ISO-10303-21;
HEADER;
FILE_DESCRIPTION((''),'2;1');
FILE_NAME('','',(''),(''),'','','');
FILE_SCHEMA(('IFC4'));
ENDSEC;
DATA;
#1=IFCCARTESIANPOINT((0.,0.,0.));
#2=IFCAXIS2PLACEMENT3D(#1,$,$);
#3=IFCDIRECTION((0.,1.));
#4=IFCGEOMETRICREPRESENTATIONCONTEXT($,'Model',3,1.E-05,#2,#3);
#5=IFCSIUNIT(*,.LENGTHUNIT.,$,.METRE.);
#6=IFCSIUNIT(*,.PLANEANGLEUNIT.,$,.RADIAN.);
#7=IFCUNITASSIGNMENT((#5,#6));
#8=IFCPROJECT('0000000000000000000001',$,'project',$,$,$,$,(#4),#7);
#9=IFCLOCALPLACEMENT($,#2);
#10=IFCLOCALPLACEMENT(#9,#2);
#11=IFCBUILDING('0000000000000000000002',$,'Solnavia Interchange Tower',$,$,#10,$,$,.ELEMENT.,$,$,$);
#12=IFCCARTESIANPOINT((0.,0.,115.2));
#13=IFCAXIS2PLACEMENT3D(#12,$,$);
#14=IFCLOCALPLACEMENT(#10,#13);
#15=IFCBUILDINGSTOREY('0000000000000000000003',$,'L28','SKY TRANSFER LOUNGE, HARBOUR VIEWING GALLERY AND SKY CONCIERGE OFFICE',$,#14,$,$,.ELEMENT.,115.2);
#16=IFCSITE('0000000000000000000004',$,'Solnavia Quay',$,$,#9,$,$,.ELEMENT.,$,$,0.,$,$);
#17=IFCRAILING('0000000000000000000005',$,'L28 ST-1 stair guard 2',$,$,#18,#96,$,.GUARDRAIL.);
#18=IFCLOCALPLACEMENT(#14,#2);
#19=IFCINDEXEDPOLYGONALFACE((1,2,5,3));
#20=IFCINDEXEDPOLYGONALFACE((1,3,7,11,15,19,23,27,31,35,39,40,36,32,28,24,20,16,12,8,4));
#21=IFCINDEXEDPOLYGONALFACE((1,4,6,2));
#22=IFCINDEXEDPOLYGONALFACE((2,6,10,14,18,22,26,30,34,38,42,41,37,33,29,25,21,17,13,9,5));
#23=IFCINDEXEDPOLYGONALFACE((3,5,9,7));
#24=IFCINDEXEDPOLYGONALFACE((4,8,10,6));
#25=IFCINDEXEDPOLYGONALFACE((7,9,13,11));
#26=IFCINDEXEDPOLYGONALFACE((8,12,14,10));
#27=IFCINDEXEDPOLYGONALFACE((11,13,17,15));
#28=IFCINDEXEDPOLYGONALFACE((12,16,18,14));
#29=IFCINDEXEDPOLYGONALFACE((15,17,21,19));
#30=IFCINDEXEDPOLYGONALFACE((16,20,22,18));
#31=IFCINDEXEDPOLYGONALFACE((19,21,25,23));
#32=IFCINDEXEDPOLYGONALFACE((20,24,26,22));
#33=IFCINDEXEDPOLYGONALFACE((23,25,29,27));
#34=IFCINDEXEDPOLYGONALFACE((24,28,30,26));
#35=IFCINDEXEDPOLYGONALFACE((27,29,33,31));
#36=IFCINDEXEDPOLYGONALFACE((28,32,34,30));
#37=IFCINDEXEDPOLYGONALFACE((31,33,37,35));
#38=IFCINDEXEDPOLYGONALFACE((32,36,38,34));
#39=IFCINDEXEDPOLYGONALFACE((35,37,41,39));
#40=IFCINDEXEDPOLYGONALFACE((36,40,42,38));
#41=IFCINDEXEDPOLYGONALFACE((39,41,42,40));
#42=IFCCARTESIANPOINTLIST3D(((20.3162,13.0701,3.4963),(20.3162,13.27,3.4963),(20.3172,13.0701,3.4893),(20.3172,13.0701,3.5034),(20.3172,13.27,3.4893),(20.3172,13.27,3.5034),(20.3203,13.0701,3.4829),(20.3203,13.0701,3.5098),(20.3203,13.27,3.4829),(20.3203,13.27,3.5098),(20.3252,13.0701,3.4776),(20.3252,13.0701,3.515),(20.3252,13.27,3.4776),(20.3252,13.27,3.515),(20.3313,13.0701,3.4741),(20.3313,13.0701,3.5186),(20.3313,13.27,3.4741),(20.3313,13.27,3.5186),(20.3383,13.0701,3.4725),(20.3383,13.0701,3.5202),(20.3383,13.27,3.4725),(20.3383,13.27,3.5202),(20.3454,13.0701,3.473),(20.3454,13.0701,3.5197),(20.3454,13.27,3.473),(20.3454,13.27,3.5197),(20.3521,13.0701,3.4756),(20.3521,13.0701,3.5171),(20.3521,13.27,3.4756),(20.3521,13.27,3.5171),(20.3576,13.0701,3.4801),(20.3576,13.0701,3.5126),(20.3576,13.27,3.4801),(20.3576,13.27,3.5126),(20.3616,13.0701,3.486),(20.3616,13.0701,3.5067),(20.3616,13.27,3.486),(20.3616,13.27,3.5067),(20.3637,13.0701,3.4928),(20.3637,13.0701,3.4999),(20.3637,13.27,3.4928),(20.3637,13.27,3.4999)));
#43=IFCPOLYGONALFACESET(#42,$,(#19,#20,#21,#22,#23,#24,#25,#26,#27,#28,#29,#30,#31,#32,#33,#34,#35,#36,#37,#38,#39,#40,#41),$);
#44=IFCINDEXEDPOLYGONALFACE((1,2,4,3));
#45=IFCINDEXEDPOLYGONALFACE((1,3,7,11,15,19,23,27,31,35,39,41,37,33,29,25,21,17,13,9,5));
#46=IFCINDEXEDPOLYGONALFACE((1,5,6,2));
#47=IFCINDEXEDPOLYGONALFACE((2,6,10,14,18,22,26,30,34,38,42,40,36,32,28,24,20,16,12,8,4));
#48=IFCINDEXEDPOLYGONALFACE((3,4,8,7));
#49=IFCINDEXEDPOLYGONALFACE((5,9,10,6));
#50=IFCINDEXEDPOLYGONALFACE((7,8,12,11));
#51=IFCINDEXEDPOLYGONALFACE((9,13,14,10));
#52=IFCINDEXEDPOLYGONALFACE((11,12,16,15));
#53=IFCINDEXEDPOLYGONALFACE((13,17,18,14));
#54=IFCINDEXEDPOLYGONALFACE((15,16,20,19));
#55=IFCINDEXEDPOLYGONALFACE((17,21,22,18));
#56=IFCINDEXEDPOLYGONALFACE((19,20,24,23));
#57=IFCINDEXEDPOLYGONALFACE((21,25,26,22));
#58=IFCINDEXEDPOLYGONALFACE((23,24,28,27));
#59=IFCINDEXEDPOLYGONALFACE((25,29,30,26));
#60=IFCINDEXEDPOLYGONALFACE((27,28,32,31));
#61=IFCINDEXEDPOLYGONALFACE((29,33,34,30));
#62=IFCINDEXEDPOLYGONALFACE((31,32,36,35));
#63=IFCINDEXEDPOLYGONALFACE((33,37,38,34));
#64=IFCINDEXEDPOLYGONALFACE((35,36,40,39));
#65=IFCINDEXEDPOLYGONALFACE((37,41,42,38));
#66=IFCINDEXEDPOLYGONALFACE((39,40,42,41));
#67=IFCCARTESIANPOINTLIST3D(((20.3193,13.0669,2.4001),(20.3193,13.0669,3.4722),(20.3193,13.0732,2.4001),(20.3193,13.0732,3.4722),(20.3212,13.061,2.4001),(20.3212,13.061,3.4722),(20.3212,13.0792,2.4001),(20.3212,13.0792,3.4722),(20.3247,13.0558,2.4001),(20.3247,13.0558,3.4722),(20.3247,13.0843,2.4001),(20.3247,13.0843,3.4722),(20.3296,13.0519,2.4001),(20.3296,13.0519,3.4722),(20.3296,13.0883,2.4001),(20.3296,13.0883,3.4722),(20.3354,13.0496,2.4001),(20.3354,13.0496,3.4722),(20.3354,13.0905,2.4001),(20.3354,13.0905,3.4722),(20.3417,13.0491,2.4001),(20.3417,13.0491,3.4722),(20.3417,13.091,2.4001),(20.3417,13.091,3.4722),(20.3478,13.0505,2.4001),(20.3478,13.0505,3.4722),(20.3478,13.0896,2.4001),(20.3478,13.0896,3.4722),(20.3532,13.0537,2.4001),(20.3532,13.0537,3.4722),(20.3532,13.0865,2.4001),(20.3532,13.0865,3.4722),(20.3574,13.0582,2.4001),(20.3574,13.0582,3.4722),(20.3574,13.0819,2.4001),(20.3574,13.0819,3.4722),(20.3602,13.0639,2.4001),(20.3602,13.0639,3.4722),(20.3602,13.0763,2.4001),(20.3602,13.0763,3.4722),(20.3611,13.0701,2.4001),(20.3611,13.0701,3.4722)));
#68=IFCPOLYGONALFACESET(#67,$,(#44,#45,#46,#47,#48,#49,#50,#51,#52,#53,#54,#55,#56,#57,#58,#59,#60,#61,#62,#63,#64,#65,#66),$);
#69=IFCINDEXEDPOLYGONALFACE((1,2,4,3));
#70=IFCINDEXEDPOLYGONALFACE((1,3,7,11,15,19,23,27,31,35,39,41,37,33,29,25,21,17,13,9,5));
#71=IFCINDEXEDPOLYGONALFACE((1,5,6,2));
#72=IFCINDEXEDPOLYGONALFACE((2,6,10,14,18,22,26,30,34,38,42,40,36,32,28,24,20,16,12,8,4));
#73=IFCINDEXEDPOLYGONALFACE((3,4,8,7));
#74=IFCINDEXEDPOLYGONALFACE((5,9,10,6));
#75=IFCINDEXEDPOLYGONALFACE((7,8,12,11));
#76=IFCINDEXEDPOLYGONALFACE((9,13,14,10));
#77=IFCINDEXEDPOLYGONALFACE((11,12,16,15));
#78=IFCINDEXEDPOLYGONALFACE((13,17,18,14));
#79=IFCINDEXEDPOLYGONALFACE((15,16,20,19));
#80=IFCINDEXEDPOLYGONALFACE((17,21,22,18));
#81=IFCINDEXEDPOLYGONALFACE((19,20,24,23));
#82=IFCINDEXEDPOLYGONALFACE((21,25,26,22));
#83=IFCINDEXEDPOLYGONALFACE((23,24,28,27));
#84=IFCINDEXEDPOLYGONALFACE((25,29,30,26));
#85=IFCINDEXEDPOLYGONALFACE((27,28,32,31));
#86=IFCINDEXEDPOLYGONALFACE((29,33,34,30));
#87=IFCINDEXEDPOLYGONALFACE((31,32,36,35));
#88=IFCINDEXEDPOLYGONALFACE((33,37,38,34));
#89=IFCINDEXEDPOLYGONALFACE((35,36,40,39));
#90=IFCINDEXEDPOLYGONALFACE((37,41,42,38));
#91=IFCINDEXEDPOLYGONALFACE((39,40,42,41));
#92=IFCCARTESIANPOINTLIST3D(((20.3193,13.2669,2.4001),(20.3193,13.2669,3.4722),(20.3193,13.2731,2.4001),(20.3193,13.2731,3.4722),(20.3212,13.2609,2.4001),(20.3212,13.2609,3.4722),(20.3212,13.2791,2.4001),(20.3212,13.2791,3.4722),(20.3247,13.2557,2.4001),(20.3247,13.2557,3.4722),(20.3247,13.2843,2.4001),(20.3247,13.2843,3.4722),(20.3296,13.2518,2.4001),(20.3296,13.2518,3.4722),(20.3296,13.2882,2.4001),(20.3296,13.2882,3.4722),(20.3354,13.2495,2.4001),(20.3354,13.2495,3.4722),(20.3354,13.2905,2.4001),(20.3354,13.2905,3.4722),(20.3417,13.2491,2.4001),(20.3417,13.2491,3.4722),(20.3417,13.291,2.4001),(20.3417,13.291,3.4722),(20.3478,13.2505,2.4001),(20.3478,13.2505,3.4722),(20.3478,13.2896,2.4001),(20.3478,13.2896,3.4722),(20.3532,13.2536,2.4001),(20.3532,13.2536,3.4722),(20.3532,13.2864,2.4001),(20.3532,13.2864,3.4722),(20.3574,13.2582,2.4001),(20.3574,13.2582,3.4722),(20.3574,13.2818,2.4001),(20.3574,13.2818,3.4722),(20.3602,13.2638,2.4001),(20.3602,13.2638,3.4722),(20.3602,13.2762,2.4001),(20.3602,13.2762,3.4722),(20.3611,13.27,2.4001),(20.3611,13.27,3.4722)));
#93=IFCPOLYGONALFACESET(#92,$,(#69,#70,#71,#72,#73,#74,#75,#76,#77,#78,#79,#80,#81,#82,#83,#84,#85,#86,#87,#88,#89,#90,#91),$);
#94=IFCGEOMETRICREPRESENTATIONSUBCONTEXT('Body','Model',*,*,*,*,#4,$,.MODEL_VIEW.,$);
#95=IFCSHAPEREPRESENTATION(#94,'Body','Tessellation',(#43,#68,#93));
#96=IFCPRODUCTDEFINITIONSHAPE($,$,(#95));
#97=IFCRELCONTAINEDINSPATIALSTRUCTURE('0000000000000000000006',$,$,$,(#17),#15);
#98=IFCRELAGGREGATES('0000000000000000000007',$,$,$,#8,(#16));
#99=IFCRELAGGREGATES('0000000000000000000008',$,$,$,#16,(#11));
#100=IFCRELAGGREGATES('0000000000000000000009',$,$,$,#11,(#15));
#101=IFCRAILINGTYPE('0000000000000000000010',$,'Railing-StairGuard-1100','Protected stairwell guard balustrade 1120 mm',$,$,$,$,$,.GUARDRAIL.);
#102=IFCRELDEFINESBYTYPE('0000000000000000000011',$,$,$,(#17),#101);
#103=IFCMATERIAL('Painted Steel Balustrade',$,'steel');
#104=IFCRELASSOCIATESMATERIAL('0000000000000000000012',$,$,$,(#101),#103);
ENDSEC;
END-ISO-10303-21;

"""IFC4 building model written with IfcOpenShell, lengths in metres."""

from ifc_helpers import new_model, si_unit, direction, frame, origin, origin_2d, place, context, subcontext, project, spatial, circle, extrude, material, type_object, element, save


model = new_model("IFC4")

# Units and contexts
model_context = context("Model", 3, precision=1e-05, world=origin(), true_north=direction((0.0, 1.0)))
body_context = subcontext(model_context, "Body", "Model", "MODEL_VIEW")
ifc_project = project(units=[si_unit("LENGTHUNIT", "METRE"), si_unit("PLANEANGLEUNIT", "RADIAN")], contexts=[model_context])

# Site, building, storey
site_placement = place(None, origin())
site = spatial("IfcSite", under=ifc_project, at=site_placement, Name="Solnavia Quay", CompositionType="ELEMENT", RefElevation=0.0)
building_placement = place(site_placement, origin())
building = spatial("IfcBuilding", under=site, at=building_placement, Name="Solnavia Interchange Tower", CompositionType="ELEMENT")
storey_placement = place(building_placement, frame((0.0, 0.0, 115.2)))
storey = spatial("IfcBuildingStorey", under=building, at=storey_placement, Name="L28", Description="SKY TRANSFER LOUNGE, HARBOUR VIEWING GALLERY AND SKY CONCIERGE OFFICE", CompositionType="ELEMENT", Elevation=115.2)

# Railing
ifc_material_1 = material(Name="Painted Steel Balustrade", Category="steel")
railing_type_1 = type_object("IfcRailingType", Name="Railing-StairGuard-1100", Description="Protected stairwell guard balustrade 1120 mm", PredefinedType="GUARDRAIL", material=ifc_material_1)
railing_1_placement = place(storey_placement, frame((20.3401, 13.0701, 2.4001)))
element("IfcRailing", 1, at=railing_1_placement, inside=storey, type_object=railing_type_1, Name="L28 ST-1 stair guard 2", PredefinedType="GUARDRAIL", context=body_context, shape_type="SweptSolid", body=[
    extrude(circle(Radius=0.0239, at=origin_2d()), frame((0.0, 0.0, 1.0962), z_axis=(0.0, 1.0, 0.0), x_axis=(-1.0, 0.0, 0.0)), (0.0, 0.0, 1.0), 0.2),
    extrude(circle(Radius=0.021, at=origin_2d()), origin(), (0.0, 0.0, 1.0), 1.072),
    extrude(circle(Radius=0.021, at=origin_2d()), frame((0.0, 0.2, 0.0)), (0.0, 0.0, 1.0), 1.072),
])

save(model, "model.ifc")
